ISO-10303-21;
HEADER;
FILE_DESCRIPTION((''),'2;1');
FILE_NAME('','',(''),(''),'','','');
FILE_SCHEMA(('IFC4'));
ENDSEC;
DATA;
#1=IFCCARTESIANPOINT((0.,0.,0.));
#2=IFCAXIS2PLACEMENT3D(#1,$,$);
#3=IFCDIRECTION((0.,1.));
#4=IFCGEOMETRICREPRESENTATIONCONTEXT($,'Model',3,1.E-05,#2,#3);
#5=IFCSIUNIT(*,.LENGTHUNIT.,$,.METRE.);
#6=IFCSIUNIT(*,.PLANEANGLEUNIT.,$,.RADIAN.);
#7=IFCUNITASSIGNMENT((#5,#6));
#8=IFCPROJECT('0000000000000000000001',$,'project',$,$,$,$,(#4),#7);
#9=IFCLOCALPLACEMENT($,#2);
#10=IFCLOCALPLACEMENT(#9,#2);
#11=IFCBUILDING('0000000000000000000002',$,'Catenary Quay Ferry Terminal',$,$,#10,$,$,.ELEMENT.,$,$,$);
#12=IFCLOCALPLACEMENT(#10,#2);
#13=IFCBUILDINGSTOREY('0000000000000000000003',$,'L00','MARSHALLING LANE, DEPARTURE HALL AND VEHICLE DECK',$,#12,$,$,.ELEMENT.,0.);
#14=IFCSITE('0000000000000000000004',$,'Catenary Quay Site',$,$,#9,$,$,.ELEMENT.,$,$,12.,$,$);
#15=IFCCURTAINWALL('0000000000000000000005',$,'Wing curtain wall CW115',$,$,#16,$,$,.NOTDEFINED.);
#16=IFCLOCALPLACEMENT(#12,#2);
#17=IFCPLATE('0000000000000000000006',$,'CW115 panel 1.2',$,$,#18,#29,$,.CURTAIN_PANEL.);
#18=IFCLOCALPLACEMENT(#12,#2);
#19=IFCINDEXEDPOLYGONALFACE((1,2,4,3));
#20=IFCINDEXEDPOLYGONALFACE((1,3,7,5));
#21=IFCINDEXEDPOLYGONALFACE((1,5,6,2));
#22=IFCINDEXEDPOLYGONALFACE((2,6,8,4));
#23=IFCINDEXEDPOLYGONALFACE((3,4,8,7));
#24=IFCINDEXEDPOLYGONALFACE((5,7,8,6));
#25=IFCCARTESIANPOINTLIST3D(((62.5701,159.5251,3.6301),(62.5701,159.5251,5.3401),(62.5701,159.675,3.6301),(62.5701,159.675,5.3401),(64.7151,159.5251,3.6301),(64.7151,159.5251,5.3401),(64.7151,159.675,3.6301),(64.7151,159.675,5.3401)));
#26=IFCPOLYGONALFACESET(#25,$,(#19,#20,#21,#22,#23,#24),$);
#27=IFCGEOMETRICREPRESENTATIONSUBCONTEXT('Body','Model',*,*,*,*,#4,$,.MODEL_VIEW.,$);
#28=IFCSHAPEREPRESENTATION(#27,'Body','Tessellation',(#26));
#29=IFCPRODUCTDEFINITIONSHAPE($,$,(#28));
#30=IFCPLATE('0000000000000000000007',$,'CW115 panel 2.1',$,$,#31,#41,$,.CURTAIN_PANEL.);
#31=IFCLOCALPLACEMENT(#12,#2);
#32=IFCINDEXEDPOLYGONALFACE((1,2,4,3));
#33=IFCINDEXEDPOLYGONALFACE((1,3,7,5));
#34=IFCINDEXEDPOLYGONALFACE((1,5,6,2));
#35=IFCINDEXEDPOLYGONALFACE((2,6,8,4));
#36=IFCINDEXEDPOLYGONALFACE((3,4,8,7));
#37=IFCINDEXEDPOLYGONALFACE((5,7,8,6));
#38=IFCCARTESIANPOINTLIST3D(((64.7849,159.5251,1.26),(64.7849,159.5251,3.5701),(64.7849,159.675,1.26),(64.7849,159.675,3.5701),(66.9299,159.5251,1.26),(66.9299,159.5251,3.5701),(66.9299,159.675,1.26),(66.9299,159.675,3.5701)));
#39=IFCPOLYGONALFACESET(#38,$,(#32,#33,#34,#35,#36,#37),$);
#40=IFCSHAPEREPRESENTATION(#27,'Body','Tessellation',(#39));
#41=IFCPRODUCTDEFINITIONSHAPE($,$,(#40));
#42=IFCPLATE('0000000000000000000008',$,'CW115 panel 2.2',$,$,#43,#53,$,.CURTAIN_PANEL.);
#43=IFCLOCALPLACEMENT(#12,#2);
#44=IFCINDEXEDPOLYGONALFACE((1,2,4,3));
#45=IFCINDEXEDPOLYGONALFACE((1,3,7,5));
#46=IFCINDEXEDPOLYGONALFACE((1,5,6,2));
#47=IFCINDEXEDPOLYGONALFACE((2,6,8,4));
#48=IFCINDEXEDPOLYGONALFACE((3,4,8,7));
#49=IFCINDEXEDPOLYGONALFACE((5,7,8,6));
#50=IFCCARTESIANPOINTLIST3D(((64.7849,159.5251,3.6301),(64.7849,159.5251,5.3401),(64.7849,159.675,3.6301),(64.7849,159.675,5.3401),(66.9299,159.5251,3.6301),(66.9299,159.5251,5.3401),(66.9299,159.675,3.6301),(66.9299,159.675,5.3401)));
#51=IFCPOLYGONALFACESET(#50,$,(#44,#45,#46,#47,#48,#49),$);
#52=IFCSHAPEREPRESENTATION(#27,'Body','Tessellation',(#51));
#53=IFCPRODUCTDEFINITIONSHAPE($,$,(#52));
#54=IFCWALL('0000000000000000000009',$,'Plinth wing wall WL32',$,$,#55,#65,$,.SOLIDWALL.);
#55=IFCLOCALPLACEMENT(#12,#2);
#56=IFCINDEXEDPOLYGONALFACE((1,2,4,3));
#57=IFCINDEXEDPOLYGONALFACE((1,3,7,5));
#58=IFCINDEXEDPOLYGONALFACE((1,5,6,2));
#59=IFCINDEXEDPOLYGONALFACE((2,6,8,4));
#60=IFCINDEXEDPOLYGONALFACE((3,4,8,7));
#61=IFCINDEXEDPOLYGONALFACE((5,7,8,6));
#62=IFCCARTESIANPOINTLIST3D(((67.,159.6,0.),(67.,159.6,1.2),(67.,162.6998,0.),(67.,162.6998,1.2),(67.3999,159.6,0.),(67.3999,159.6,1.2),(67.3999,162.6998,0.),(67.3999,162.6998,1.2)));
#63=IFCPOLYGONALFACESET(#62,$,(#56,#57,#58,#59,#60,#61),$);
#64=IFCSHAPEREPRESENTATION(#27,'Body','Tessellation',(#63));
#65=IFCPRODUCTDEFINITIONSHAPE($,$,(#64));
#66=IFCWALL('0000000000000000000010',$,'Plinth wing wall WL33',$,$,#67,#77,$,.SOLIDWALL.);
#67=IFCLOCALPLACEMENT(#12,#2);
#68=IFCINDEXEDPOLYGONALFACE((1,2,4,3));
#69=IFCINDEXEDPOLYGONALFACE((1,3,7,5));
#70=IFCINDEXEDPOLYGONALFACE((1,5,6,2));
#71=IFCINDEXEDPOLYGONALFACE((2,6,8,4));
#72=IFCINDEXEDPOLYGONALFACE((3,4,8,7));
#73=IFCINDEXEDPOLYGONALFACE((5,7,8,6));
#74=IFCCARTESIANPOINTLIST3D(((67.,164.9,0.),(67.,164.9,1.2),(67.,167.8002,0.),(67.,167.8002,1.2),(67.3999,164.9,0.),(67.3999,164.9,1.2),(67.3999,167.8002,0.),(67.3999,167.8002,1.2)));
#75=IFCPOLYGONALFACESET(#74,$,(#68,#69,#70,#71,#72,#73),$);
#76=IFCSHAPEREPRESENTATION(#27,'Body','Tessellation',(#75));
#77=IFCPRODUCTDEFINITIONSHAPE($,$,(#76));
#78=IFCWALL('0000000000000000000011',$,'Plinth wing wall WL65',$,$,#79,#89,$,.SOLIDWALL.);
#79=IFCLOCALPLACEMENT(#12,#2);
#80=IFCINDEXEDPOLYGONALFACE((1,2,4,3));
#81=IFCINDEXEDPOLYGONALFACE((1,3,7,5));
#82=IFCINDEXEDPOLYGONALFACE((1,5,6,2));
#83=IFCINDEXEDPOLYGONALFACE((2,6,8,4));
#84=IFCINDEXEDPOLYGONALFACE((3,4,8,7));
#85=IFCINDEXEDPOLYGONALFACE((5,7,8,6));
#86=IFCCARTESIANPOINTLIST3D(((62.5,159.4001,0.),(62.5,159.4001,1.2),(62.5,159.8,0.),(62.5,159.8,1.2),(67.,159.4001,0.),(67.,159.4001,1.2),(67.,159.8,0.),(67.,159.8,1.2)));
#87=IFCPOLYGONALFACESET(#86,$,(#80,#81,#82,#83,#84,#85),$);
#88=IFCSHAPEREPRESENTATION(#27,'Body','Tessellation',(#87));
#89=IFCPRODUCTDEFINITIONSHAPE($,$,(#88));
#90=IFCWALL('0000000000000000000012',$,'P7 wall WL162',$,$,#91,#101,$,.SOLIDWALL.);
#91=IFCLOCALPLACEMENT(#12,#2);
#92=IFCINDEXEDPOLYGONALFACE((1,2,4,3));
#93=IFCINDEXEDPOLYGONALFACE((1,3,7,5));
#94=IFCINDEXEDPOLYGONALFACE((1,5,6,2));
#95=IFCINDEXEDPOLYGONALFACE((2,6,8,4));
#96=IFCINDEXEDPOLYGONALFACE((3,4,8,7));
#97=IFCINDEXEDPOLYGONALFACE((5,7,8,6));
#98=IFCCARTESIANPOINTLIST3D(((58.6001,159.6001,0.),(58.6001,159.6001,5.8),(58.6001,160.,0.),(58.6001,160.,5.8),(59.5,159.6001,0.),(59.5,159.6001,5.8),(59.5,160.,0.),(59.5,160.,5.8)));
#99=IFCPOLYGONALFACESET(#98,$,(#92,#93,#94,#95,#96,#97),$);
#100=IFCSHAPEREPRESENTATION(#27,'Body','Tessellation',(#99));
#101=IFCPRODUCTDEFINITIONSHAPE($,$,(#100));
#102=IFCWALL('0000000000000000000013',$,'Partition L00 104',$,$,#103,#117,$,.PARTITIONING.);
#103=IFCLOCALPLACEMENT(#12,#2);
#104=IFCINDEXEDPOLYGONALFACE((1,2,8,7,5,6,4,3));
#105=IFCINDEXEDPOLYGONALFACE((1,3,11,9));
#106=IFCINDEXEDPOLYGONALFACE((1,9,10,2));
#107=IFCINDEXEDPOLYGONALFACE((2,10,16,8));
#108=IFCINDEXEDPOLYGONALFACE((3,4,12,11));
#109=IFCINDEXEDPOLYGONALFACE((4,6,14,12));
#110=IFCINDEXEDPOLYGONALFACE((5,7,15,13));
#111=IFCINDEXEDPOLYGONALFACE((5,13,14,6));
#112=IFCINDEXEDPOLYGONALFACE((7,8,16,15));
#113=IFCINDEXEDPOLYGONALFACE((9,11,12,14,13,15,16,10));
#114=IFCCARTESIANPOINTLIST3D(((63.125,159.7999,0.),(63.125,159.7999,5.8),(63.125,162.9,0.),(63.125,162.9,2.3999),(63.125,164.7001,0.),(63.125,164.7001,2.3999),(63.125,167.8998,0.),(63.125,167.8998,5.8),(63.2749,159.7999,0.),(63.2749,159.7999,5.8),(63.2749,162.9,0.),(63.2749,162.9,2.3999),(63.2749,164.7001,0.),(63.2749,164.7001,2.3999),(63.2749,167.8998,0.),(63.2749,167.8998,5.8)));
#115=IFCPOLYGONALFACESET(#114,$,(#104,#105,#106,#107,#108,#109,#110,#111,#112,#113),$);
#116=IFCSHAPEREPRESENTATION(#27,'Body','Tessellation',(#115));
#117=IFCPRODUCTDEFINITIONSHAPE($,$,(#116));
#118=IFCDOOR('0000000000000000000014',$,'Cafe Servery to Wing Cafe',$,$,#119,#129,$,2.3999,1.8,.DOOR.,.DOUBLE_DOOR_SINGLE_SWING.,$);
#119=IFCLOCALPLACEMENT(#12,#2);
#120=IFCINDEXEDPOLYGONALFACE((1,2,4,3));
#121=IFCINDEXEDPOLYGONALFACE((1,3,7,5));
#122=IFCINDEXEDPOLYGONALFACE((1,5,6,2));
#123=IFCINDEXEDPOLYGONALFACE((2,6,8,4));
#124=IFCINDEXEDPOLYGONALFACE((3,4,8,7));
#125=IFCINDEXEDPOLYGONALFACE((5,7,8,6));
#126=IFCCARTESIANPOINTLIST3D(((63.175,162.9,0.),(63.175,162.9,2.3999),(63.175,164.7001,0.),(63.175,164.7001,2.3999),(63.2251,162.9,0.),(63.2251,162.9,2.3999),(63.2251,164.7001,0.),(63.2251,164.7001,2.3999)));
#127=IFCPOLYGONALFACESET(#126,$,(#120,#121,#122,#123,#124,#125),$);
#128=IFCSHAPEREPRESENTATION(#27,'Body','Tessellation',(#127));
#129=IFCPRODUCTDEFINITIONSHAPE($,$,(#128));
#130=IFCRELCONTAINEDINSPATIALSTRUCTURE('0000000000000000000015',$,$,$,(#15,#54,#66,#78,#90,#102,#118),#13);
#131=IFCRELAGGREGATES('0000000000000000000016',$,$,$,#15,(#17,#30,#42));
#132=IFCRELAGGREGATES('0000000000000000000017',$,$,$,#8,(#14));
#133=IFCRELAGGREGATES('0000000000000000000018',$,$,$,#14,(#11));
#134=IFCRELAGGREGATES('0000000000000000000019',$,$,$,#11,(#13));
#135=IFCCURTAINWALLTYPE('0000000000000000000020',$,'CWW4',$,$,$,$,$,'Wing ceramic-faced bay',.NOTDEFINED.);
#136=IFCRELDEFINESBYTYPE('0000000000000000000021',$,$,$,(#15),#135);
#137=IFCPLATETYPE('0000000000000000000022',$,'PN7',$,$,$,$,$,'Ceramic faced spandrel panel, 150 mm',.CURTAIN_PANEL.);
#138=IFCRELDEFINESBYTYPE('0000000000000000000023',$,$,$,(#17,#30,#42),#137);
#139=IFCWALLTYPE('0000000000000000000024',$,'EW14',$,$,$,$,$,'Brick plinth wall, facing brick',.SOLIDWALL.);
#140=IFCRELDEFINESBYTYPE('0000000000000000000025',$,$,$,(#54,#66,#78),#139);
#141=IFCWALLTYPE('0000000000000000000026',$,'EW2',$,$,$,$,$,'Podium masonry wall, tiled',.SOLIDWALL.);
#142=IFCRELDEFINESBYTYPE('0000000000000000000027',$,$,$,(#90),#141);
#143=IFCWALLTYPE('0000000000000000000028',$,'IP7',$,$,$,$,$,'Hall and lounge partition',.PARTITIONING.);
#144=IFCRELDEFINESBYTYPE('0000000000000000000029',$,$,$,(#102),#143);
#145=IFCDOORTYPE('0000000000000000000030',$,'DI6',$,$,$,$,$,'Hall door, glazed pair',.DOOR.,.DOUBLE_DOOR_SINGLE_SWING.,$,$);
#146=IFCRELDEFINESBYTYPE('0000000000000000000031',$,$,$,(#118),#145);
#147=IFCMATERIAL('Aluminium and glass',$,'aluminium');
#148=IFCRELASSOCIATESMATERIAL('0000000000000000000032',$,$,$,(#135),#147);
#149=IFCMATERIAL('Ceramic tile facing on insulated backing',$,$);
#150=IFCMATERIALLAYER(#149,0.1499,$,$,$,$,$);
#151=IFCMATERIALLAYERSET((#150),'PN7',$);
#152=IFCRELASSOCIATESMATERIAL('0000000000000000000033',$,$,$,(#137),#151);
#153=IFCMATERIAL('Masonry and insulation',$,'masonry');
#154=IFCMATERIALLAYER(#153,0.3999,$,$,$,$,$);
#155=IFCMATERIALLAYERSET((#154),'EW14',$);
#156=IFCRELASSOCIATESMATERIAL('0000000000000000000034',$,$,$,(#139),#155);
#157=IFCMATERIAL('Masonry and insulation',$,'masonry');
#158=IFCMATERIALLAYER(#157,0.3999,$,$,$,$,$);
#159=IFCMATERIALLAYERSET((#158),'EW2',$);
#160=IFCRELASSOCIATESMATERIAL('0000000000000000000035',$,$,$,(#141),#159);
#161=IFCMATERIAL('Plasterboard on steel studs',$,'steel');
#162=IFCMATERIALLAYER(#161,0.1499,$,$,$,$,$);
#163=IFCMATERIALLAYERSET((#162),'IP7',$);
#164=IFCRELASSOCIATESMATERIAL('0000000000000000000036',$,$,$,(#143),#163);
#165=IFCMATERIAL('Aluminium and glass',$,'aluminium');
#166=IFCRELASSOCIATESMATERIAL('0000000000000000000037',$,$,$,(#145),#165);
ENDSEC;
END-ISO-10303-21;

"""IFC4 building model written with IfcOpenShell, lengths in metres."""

from ifc_helpers import new_model, si_unit, direction, frame, frame_2d, origin, origin_2d, place, context, subcontext, project, spatial, rectangle, extrude, material, layer, layer_set, type_object, element, fill, aggregate, save


model = new_model("IFC4")

# Units and contexts
model_context = context("Model", 3, precision=1e-05, world=origin(), true_north=direction((0.0, 1.0)))
body_context = subcontext(model_context, "Body", "Model", "MODEL_VIEW")
ifc_project = project(units=[si_unit("LENGTHUNIT", "METRE"), si_unit("PLANEANGLEUNIT", "RADIAN")], contexts=[model_context])

# Site, building, storey
site_placement = place(None, origin())
site = spatial("IfcSite", under=ifc_project, at=site_placement, Name="Catenary Quay Site", CompositionType="ELEMENT", RefElevation=12.0)
building_placement = place(site_placement, origin())
building = spatial("IfcBuilding", under=site, at=building_placement, Name="Catenary Quay Ferry Terminal", CompositionType="ELEMENT")
storey_placement = place(building_placement, origin())
storey = spatial("IfcBuildingStorey", under=building, at=storey_placement, Name="L00", Description="MARSHALLING LANE, DEPARTURE HALL AND VEHICLE DECK", CompositionType="ELEMENT", Elevation=0.0)

# Curtain wall
ifc_material_1 = material(Name="Aluminium and glass", Category="aluminium")
curtain_wall_type = type_object("IfcCurtainWallType", Name="CWW4", ElementType="Wing ceramic-faced bay", PredefinedType="NOTDEFINED", material=ifc_material_1)
curtain_wall_1_placement = place(storey_placement, origin())
curtain_wall_1 = element("IfcCurtainWall", 1, at=curtain_wall_1_placement, inside=storey, type_object=curtain_wall_type, Name="Wing curtain wall CW115", PredefinedType="NOTDEFINED")

# Plates
ifc_material_2 = material(Name="Ceramic tile facing on insulated backing")
ifc_layer_1 = layer(ifc_material_2, 0.1499)
ifc_layer_set_1 = layer_set([ifc_layer_1], Name="PN7")
plate_type = type_object("IfcPlateType", Name="PN7", ElementType="Ceramic faced spandrel panel, 150 mm", PredefinedType="CURTAIN_PANEL", material=ifc_layer_set_1)
plate_1_placement = place(storey_placement, frame((63.6426, 159.6001, 3.6301), z_axis=(0.0, 0.0, 1.0), x_axis=(1.0, 0.0, 0.0)))
plate_1 = element("IfcPlate", 2, at=plate_1_placement, type_object=plate_type, Name="CW115 panel 1.2", PredefinedType="CURTAIN_PANEL", context=body_context, shape_type="SweptSolid", body=[
    extrude(rectangle(XDim=2.145, YDim=0.1499, at=origin_2d()), origin(), (0.0, 0.0, 1.0), 1.71),
])
plate_2_placement = place(storey_placement, frame((65.8574, 159.6001, 1.26), z_axis=(0.0, 0.0, 1.0), x_axis=(1.0, 0.0, 0.0)))
plate_2 = element("IfcPlate", 3, at=plate_2_placement, type_object=plate_type, Name="CW115 panel 2.1", PredefinedType="CURTAIN_PANEL", context=body_context, shape_type="SweptSolid", body=[
    extrude(rectangle(XDim=2.145, YDim=0.1499, at=origin_2d()), origin(), (0.0, 0.0, 1.0), 2.3101),
])
plate_3_placement = place(storey_placement, frame((65.8574, 159.6001, 3.6301), z_axis=(0.0, 0.0, 1.0), x_axis=(1.0, 0.0, 0.0)))
plate_3 = element("IfcPlate", 4, at=plate_3_placement, type_object=plate_type, Name="CW115 panel 2.2", PredefinedType="CURTAIN_PANEL", context=body_context, shape_type="SweptSolid", body=[
    extrude(rectangle(XDim=2.145, YDim=0.1499, at=origin_2d()), origin(), (0.0, 0.0, 1.0), 1.71),
])
aggregate(curtain_wall_1, [plate_1, plate_2, plate_3])

# Walls
ifc_material_3 = material(Name="Masonry and insulation", Category="masonry")
ifc_layer_2 = layer(ifc_material_3, 0.3999)
ifc_layer_set_2 = layer_set([ifc_layer_2], Name="EW14")
wall_type_1 = type_object("IfcWallType", Name="EW14", ElementType="Brick plinth wall, facing brick", PredefinedType="SOLIDWALL", material=ifc_layer_set_2)
wall_1_placement = place(storey_placement, frame((67.2, 159.6001, 0.0), z_axis=(0.0, 0.0, 1.0), x_axis=(0.0, 1.0, 0.0)))
element("IfcWall", 5, at=wall_1_placement, inside=storey, type_object=wall_type_1, Name="Plinth wing wall WL32", PredefinedType="SOLIDWALL", context=body_context, shape_type="SweptSolid", body=[
    extrude(rectangle(XDim=3.0999, YDim=0.3999, at=frame_2d((1.5498, 0.0))), origin(), (0.0, 0.0, 1.0), 1.2),
])
wall_2_placement = place(storey_placement, frame((67.2, 164.8999, 0.0), z_axis=(0.0, 0.0, 1.0), x_axis=(0.0, 1.0, 0.0)))
element("IfcWall", 6, at=wall_2_placement, inside=storey, type_object=wall_type_1, Name="Plinth wing wall WL33", PredefinedType="SOLIDWALL", context=body_context, shape_type="SweptSolid", body=[
    extrude(rectangle(XDim=2.9001, YDim=0.3999, at=frame_2d((1.4502, 0.0))), origin(), (0.0, 0.0, 1.0), 1.2),
])
wall_3_placement = place(storey_placement, frame((62.5, 159.6001, 0.0), z_axis=(0.0, 0.0, 1.0), x_axis=(1.0, 0.0, 0.0)))
element("IfcWall", 7, at=wall_3_placement, inside=storey, type_object=wall_type_1, Name="Plinth wing wall WL65", PredefinedType="SOLIDWALL", context=body_context, shape_type="SweptSolid", body=[
    extrude(rectangle(XDim=4.5, YDim=0.3999, at=frame_2d((2.25, 0.0))), origin(), (0.0, 0.0, 1.0), 1.2),
])
ifc_material_4 = material(Name="Masonry and insulation", Category="masonry")
ifc_layer_3 = layer(ifc_material_4, 0.3999)
ifc_layer_set_3 = layer_set([ifc_layer_3], Name="EW2")
wall_type_2 = type_object("IfcWallType", Name="EW2", ElementType="Podium masonry wall, tiled", PredefinedType="SOLIDWALL", material=ifc_layer_set_3)
wall_4_placement = place(storey_placement, frame((58.6001, 159.8, 0.0), z_axis=(0.0, 0.0, 1.0), x_axis=(1.0, 0.0, 0.0)))
element("IfcWall", 8, at=wall_4_placement, inside=storey, type_object=wall_type_2, Name="P7 wall WL162", PredefinedType="SOLIDWALL", context=body_context, shape_type="SweptSolid", body=[
    extrude(rectangle(XDim=0.8999, YDim=0.3999, at=frame_2d((0.45, 0.0))), origin(), (0.0, 0.0, 1.0), 5.8),
])

# Wall, opening, door
ifc_material_5 = material(Name="Plasterboard on steel studs", Category="steel")
ifc_layer_4 = layer(ifc_material_5, 0.1499)
ifc_layer_set_4 = layer_set([ifc_layer_4], Name="IP7")
wall_type_3 = type_object("IfcWallType", Name="IP7", ElementType="Hall and lounge partition", PredefinedType="PARTITIONING", material=ifc_layer_set_4)
wall_5_placement = place(storey_placement, frame((63.2, 159.8, 0.0), z_axis=(0.0, 0.0, 1.0), x_axis=(0.0, 1.0, 0.0)))
wall_5 = element("IfcWall", 9, at=wall_5_placement, inside=storey, type_object=wall_type_3, Name="Partition L00 104", PredefinedType="PARTITIONING", context=body_context, shape_type="SweptSolid", body=[
    extrude(rectangle(XDim=8.0999, YDim=0.1499, at=frame_2d((4.0498, 0.0))), origin(), (0.0, 0.0, 1.0), 5.8),
])
opening_1_placement = place(wall_5_placement, frame((3.1001, 0.0, 0.0)))
opening_1 = element("IfcOpeningElement", 10, at=opening_1_placement, cuts=wall_5, PredefinedType="OPENING", context=body_context, shape_type="SweptSolid", body=[
    extrude(rectangle(XDim=1.8, YDim=2.3999, at=frame_2d((0.8999, 1.2))), frame((0.0, 0.085, 0.0), z_axis=(0.0, -1.0, 0.0), x_axis=(1.0, 0.0, 0.0)), (0.0, 0.0, 1.0), 0.1699),
])
ifc_material_6 = material(Name="Aluminium and glass", Category="aluminium")
door_type_1 = type_object("IfcDoorType", Name="DI6", ElementType="Hall door, glazed pair", OperationType="DOUBLE_DOOR_SINGLE_SWING", PredefinedType="DOOR", material=ifc_material_6)
door_1_placement = place(opening_1_placement, origin())
door_1 = element("IfcDoor", 11, at=door_1_placement, inside=storey, type_object=door_type_1, Name="Cafe Servery to Wing Cafe", OperationType="DOUBLE_DOOR_SINGLE_SWING", OverallHeight=2.3999, OverallWidth=1.8, PredefinedType="DOOR", context=body_context, shape_type="SweptSolid", body=[
    extrude(rectangle(XDim=1.8, YDim=2.3999, at=frame_2d((0.8999, 1.2))), frame((0.0, 0.0249, 0.0), z_axis=(0.0, -1.0, 0.0), x_axis=(1.0, 0.0, 0.0)), (0.0, 0.0, 1.0), 0.05),
])
fill(opening_1, door_1)

save(model, "model.ifc")
